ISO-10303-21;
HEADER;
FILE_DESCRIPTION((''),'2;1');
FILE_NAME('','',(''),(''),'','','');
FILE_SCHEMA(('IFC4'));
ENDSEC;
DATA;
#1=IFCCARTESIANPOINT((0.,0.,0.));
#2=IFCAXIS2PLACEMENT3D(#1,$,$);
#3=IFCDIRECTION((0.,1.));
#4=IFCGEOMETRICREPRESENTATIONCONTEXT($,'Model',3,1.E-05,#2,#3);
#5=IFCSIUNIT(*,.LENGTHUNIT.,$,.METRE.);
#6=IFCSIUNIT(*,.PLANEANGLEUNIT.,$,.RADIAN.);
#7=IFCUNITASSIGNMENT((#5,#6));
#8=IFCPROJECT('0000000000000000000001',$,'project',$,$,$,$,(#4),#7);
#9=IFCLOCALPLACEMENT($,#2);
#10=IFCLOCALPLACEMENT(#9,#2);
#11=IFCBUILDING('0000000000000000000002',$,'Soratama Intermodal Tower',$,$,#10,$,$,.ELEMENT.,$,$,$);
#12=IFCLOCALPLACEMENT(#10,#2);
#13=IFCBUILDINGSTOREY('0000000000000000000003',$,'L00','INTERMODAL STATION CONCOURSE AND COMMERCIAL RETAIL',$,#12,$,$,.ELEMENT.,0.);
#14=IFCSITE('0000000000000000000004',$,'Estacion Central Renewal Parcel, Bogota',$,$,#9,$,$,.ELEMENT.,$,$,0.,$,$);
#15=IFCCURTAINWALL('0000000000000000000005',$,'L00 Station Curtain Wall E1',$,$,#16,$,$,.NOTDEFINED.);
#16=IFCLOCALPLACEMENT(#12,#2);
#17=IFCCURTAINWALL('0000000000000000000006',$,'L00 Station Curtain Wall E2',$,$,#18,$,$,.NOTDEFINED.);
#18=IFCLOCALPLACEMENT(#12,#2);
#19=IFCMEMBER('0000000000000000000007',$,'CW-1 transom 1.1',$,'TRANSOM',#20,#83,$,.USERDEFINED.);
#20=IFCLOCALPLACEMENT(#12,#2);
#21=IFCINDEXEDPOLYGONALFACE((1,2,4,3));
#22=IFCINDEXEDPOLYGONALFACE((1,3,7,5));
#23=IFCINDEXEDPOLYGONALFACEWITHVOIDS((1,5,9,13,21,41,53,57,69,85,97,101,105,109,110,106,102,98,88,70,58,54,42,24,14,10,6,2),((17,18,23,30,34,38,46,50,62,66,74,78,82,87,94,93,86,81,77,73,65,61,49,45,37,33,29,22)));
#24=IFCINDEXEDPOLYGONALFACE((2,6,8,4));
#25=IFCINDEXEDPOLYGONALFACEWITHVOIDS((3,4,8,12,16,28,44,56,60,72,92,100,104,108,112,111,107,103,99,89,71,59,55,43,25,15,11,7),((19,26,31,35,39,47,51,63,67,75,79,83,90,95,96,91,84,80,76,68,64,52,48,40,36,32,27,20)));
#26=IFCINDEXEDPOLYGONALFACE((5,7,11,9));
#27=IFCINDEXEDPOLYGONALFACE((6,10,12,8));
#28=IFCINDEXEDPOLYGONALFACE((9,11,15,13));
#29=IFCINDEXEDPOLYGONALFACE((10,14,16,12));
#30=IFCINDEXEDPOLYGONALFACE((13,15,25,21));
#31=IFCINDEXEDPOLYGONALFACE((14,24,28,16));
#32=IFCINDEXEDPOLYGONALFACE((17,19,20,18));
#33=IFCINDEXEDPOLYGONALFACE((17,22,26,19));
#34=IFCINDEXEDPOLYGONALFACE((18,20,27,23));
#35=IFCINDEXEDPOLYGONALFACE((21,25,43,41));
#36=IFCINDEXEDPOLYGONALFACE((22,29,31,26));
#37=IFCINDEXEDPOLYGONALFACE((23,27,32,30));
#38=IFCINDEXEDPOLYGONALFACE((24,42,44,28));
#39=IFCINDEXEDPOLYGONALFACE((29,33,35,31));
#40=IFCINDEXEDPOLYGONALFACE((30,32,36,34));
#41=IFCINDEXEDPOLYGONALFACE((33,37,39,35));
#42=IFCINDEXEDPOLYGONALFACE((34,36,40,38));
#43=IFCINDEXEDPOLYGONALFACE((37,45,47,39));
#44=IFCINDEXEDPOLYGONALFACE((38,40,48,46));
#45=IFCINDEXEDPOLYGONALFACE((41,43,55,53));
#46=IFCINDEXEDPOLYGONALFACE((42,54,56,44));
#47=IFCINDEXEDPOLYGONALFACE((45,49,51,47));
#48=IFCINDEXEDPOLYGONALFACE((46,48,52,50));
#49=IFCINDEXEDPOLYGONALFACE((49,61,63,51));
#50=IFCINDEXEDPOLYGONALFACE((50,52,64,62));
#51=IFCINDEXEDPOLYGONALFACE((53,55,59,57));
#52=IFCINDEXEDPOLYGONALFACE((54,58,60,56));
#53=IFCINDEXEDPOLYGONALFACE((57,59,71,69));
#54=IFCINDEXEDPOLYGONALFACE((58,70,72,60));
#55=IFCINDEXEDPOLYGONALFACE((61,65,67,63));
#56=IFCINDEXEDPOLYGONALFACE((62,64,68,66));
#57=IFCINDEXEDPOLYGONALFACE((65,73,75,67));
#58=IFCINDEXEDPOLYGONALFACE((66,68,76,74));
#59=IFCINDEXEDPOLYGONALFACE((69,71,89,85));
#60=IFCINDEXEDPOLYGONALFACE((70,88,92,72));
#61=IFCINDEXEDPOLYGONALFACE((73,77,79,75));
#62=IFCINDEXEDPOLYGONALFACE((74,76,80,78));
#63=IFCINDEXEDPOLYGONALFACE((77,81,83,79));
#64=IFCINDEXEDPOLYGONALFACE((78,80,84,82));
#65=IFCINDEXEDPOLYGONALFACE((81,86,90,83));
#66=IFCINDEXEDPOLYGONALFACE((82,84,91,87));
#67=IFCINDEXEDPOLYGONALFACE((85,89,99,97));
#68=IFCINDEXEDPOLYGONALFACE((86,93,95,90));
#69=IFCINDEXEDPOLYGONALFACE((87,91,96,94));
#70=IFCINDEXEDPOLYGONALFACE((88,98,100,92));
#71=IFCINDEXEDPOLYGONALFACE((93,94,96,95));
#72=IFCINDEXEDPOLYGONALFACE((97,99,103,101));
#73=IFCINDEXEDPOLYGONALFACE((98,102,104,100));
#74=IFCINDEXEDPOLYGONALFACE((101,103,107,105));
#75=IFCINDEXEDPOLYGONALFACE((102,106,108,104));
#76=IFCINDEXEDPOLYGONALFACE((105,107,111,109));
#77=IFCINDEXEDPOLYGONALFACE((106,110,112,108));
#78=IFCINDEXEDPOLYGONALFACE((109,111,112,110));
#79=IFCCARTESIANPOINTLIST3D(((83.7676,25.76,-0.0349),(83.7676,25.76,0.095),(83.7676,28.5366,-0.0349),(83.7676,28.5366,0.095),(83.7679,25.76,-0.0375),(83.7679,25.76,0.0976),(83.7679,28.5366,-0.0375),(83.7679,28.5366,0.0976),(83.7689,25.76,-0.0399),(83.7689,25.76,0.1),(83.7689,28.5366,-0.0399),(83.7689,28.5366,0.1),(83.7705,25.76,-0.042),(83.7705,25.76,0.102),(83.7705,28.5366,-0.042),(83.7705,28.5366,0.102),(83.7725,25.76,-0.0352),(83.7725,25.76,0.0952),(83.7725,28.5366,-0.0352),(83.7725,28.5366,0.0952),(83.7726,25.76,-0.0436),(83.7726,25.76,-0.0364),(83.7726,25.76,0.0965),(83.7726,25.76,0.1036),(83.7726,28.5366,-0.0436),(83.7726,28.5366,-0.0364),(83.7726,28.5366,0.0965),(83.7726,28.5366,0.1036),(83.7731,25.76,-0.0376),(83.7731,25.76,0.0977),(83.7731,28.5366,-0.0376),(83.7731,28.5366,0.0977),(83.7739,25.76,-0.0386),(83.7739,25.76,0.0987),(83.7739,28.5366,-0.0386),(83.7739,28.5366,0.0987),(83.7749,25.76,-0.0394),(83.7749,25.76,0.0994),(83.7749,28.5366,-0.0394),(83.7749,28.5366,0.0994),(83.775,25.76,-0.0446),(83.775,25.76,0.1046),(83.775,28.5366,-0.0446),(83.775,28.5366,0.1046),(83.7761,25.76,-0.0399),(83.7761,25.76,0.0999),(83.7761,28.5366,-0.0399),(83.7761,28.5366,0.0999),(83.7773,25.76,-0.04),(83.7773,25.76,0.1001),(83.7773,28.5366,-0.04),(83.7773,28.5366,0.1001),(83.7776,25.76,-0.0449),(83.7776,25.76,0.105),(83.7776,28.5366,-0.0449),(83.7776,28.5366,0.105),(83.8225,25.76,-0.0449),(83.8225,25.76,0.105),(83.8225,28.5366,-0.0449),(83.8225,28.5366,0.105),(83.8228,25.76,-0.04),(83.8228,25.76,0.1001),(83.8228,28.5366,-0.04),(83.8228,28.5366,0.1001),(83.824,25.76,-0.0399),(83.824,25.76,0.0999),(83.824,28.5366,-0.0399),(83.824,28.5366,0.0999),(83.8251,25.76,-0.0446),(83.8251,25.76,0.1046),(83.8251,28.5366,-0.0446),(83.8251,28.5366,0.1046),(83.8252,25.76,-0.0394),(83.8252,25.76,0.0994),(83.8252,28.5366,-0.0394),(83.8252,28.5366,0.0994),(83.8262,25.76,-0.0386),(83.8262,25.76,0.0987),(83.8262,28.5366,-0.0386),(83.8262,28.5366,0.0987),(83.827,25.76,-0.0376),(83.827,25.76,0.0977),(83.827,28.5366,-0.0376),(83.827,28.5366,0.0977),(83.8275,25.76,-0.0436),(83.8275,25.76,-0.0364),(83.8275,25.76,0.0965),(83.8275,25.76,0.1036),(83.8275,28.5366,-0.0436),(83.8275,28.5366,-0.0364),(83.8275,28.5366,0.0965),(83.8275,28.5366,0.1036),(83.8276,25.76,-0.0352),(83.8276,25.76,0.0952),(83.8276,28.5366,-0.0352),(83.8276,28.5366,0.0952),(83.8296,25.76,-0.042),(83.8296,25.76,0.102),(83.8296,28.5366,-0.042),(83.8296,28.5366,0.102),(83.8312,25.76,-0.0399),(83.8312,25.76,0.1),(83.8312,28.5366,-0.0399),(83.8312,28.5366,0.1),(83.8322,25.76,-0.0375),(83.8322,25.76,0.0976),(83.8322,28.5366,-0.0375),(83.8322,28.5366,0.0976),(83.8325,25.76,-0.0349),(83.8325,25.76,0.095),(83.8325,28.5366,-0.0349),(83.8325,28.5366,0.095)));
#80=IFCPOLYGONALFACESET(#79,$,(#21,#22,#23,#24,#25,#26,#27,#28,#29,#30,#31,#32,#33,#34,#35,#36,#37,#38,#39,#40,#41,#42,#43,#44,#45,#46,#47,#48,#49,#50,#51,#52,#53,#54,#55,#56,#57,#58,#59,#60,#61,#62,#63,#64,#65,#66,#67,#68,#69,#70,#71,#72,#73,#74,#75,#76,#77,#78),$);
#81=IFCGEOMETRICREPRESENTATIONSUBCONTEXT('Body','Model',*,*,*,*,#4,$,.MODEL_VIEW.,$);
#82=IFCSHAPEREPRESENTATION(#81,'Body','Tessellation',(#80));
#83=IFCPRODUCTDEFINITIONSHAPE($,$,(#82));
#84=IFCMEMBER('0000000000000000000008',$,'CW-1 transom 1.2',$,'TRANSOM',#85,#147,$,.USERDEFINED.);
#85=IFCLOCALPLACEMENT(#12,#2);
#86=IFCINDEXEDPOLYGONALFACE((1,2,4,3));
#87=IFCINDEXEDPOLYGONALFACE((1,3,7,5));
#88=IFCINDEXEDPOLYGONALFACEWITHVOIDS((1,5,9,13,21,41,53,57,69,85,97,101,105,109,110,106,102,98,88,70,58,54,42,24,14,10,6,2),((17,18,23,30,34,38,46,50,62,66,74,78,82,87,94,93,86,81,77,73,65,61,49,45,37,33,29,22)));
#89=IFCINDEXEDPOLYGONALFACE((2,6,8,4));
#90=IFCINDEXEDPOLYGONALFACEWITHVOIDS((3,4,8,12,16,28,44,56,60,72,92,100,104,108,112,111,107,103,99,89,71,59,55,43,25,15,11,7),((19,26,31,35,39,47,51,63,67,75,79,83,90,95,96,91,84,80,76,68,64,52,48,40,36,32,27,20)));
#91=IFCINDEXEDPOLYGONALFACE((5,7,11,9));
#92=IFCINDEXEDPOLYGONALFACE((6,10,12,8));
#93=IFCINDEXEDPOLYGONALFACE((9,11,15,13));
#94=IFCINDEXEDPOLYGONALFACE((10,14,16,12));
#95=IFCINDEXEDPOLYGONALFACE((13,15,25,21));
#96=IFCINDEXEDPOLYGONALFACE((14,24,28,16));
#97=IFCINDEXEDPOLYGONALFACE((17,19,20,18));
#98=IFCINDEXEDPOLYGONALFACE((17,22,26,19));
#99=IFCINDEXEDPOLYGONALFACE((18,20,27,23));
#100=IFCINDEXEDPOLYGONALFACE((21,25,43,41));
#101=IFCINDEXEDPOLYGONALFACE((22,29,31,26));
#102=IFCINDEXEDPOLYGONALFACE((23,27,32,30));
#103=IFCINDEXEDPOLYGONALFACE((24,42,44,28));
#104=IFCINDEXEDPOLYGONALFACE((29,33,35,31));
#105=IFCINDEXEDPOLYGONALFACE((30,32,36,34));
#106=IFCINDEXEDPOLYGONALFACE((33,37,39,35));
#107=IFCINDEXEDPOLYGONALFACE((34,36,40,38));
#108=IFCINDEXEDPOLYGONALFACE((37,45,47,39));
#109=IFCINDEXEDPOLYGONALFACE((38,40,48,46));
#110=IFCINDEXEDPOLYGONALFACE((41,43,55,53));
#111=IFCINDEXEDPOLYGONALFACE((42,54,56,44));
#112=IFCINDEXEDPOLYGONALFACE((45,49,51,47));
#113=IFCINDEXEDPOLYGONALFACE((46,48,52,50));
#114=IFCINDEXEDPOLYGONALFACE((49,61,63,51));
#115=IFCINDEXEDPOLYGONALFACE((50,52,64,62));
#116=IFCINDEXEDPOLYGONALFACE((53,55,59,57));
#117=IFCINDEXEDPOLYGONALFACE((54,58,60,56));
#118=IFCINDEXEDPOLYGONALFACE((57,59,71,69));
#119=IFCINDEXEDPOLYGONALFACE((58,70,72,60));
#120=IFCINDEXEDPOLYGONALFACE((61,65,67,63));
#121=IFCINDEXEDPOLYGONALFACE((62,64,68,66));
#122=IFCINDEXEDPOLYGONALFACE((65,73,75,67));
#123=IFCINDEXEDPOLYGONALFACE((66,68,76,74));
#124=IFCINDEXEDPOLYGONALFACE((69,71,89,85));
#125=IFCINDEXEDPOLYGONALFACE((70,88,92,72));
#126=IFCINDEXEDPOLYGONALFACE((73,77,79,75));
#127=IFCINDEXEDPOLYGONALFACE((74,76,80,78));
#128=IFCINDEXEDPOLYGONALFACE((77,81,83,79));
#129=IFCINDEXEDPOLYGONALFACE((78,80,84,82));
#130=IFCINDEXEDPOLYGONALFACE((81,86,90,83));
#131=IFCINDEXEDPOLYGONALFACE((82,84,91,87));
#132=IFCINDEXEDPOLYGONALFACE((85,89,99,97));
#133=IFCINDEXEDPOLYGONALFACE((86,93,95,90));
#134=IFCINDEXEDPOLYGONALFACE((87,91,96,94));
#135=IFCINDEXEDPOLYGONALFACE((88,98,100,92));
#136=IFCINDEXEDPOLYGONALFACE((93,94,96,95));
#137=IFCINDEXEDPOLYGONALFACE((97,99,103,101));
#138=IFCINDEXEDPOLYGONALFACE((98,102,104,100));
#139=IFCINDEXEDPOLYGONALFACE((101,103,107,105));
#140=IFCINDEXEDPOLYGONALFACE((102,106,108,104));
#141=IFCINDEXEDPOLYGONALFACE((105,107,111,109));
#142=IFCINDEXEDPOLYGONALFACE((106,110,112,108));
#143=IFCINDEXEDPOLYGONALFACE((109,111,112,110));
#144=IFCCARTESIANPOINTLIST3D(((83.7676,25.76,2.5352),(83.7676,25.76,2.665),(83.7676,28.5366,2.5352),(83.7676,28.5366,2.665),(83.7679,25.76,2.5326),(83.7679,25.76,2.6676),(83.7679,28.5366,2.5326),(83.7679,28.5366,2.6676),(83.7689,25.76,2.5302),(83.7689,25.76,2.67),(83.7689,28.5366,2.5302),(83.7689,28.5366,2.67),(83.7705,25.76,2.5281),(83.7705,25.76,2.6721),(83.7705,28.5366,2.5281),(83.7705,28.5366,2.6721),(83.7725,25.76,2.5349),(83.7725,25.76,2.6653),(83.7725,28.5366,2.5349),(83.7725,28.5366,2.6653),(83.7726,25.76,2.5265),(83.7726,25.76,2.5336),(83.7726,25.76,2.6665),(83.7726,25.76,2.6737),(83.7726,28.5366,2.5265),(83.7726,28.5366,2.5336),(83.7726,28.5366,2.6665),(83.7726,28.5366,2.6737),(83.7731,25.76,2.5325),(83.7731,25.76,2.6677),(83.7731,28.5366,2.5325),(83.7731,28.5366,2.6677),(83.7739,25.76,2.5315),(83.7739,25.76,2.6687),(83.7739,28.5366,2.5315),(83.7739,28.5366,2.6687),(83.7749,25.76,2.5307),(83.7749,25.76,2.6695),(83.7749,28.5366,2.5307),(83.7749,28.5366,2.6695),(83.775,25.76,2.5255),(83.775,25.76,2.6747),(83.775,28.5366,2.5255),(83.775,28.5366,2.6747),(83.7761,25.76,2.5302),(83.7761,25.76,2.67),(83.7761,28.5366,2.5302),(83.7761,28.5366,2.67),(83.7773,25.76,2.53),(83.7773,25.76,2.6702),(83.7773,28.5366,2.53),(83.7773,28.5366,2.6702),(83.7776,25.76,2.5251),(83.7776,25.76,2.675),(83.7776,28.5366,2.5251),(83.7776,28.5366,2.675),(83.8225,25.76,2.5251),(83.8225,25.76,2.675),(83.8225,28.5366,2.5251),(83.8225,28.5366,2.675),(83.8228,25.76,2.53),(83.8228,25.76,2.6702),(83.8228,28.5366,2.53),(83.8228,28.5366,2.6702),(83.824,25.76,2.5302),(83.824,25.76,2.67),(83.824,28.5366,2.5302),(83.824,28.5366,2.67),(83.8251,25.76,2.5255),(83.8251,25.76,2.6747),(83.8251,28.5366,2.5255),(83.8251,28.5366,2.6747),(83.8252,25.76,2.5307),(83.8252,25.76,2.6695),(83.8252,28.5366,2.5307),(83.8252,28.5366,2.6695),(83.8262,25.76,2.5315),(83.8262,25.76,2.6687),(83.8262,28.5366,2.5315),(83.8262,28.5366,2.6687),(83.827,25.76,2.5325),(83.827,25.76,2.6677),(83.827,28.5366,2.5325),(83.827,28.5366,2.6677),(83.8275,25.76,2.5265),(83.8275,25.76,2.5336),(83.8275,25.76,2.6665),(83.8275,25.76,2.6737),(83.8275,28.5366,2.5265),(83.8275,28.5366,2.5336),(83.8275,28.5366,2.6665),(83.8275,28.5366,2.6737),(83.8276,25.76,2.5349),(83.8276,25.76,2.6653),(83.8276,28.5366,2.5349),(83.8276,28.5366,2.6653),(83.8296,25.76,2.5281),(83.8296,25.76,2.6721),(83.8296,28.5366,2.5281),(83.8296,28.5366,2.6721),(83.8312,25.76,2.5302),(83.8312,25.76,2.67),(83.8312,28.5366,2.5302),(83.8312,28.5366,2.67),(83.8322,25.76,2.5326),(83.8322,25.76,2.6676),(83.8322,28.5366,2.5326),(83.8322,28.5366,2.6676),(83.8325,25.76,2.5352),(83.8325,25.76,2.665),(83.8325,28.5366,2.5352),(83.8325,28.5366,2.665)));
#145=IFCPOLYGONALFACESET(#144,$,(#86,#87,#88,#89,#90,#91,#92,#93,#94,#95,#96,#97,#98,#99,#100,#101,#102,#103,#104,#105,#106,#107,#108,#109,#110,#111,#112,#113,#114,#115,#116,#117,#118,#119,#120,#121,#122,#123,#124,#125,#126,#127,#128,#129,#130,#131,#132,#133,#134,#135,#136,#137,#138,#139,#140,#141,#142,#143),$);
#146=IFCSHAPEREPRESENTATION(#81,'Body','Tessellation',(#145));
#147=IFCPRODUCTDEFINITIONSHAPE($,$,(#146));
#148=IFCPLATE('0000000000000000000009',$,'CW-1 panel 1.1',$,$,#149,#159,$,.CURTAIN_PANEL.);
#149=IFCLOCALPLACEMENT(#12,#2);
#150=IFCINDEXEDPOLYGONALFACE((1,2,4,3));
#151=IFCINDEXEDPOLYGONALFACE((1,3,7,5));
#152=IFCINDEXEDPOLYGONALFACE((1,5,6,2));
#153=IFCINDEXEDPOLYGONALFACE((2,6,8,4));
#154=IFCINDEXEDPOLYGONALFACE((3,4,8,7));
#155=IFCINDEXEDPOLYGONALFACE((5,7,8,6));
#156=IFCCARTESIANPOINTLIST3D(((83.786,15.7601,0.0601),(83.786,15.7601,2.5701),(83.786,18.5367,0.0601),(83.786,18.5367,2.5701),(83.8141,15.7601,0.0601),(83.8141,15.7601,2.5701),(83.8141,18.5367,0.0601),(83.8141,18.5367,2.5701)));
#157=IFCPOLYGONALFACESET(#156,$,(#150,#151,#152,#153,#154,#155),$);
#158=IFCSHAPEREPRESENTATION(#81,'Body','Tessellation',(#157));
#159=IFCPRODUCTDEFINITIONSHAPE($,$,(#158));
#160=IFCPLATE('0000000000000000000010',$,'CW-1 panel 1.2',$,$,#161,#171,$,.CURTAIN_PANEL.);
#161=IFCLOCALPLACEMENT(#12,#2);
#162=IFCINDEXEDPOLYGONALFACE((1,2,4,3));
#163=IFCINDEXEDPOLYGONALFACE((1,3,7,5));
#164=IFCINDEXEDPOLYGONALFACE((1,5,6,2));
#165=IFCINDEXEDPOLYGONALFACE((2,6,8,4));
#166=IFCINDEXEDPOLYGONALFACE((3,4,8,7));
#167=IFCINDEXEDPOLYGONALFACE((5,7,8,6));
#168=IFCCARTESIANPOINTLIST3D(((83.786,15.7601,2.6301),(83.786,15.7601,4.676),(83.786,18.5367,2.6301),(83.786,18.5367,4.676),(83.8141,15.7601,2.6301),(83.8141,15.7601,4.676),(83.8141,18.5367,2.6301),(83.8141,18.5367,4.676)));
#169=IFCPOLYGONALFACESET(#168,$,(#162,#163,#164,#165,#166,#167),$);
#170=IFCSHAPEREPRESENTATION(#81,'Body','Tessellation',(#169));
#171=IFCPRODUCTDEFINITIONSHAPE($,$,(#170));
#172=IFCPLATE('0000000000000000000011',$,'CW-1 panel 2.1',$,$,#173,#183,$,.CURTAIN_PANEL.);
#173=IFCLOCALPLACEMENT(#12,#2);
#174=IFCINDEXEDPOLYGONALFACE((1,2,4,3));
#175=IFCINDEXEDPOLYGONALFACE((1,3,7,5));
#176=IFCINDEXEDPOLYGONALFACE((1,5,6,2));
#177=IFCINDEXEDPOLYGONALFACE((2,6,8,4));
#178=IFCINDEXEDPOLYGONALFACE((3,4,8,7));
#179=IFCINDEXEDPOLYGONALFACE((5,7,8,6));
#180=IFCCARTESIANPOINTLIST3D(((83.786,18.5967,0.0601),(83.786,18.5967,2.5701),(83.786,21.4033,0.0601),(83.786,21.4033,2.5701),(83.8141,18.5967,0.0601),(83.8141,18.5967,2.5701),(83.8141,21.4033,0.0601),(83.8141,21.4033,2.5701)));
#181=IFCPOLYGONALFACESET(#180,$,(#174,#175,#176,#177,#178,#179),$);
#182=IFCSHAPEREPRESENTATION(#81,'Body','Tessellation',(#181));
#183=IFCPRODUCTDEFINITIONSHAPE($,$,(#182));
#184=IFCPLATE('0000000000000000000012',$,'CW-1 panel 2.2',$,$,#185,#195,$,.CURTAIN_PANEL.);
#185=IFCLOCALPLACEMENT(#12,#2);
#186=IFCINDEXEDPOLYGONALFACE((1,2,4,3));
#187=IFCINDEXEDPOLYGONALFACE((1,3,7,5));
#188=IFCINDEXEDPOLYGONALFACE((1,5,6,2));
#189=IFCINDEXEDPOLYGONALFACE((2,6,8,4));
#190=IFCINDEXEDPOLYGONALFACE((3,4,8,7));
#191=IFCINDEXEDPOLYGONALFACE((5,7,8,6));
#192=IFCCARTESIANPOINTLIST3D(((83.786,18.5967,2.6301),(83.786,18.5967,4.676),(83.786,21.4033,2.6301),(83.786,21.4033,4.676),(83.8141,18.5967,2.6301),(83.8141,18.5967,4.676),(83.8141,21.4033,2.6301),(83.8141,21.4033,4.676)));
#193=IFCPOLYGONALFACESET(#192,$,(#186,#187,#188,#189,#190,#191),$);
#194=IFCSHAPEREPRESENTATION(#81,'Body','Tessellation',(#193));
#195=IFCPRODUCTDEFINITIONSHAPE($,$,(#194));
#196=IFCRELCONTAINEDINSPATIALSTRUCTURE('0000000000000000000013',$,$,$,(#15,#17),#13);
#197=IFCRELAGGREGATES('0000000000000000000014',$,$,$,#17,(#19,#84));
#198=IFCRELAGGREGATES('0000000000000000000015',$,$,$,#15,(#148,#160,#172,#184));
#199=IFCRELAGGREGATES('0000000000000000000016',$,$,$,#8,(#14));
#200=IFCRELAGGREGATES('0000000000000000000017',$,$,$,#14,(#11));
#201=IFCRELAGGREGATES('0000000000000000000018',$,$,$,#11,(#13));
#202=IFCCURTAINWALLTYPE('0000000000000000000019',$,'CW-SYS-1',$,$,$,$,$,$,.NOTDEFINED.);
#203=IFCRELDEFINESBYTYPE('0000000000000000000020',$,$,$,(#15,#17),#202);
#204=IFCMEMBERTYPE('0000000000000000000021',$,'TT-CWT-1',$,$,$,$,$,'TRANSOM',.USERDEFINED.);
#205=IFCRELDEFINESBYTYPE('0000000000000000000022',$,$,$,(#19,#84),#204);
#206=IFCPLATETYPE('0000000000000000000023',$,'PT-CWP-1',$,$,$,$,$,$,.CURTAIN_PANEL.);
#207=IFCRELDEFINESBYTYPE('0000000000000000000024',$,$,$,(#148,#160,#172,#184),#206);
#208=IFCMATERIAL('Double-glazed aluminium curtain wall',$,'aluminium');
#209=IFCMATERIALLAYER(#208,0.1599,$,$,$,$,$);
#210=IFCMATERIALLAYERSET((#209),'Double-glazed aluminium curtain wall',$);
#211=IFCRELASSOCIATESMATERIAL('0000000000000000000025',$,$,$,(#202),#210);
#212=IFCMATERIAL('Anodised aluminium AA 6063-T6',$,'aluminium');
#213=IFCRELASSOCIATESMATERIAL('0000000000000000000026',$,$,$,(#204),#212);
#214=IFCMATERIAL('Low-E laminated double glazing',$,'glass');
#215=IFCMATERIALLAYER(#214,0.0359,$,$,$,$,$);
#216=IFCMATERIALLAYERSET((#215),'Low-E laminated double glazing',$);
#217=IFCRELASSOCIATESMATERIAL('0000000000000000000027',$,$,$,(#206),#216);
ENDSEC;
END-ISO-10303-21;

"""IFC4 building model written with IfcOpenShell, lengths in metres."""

from ifc_helpers import new_model, si_unit, direction, frame, origin, origin_2d, place, context, subcontext, project, spatial, rectangle, hollow_rectangle, extrude, material, layer, layer_set, material_profile, profile_set, type_object, element, aggregate, save


model = new_model("IFC4")

# Units and contexts
model_context = context("Model", 3, precision=1e-05, world=origin(), true_north=direction((0.0, 1.0)))
body_context = subcontext(model_context, "Body", "Model", "MODEL_VIEW")
ifc_project = project(units=[si_unit("LENGTHUNIT", "METRE"), si_unit("PLANEANGLEUNIT", "RADIAN")], contexts=[model_context])

# Site, building, storey
site_placement = place(None, origin())
site = spatial("IfcSite", under=ifc_project, at=site_placement, Name="Estacion Central Renewal Parcel, Bogota", CompositionType="ELEMENT", RefElevation=0.0)
building_placement = place(site_placement, origin())
building = spatial("IfcBuilding", under=site, at=building_placement, Name="Soratama Intermodal Tower", CompositionType="ELEMENT")
storey_placement = place(building_placement, origin())
storey = spatial("IfcBuildingStorey", under=building, at=storey_placement, Name="L00", Description="INTERMODAL STATION CONCOURSE AND COMMERCIAL RETAIL", CompositionType="ELEMENT", Elevation=0.0)

# Curtain wall
ifc_material_1 = material(Name="Double-glazed aluminium curtain wall", Category="aluminium")
ifc_layer_1 = layer(ifc_material_1, 0.1599)
ifc_layer_set_1 = layer_set([ifc_layer_1], Name="Double-glazed aluminium curtain wall")
curtain_wall_type = type_object("IfcCurtainWallType", Name="CW-SYS-1", PredefinedType="NOTDEFINED", material=ifc_layer_set_1)
curtain_wall_1_placement = place(storey_placement, origin())
curtain_wall_1 = element("IfcCurtainWall", 1, at=curtain_wall_1_placement, inside=storey, type_object=curtain_wall_type, Name="L00 Station Curtain Wall E1", PredefinedType="NOTDEFINED")

# Curtain wall
curtain_wall_2_placement = place(storey_placement, origin())
curtain_wall_2 = element("IfcCurtainWall", 2, at=curtain_wall_2_placement, inside=storey, type_object=curtain_wall_type, Name="L00 Station Curtain Wall E2", PredefinedType="NOTDEFINED")

# Members
ifc_material_2 = material(Name="Anodised aluminium AA 6063-T6", Category="aluminium")
ifc_material_profile_1 = material_profile(ifc_material_2, hollow_rectangle(XDim=0.0649, YDim=0.1499, WallThickness=0.0049, InnerFilletRadius=0.0049, OuterFilletRadius=0.01, at=origin_2d()), Name="CWT150X65X5")
ifc_profile_set_1 = profile_set([ifc_material_profile_1], Name="Anodised aluminium AA 6063-T6")
member_type_1 = type_object("IfcMemberType", Name="TT-CWT-1", ElementType="TRANSOM", PredefinedType="USERDEFINED", material=ifc_profile_set_1)
member_1_placement = place(storey_placement, frame((83.8, 25.76, 0.03), z_axis=(0.0, 1.0, 0.0), x_axis=(-1.0, 0.0, 0.0)))
member_1 = element("IfcMember", 3, at=member_1_placement, type_object=member_type_1, Name="CW-1 transom 1.1", ObjectType="TRANSOM", PredefinedType="USERDEFINED", context=body_context, shape_type="SweptSolid", body=[
    extrude(hollow_rectangle(XDim=0.0649, YDim=0.1499, WallThickness=0.0049, InnerFilletRadius=0.0049, OuterFilletRadius=0.01, at=origin_2d()), origin(), (0.0, 0.0, 1.0), 2.7766),
])
member_2_placement = place(storey_placement, frame((83.8, 25.76, 2.6001), z_axis=(0.0, 1.0, 0.0), x_axis=(-1.0, 0.0, 0.0)))
member_2 = element("IfcMember", 4, at=member_2_placement, type_object=member_type_1, Name="CW-1 transom 1.2", ObjectType="TRANSOM", PredefinedType="USERDEFINED", context=body_context, shape_type="SweptSolid", body=[
    extrude(hollow_rectangle(XDim=0.0649, YDim=0.1499, WallThickness=0.0049, InnerFilletRadius=0.0049, OuterFilletRadius=0.01, at=origin_2d()), origin(), (0.0, 0.0, 1.0), 2.7766),
])
aggregate(curtain_wall_2, [member_1, member_2])

# Plates
ifc_material_3 = material(Name="Low-E laminated double glazing", Category="glass")
ifc_layer_2 = layer(ifc_material_3, 0.0359)
ifc_layer_set_2 = layer_set([ifc_layer_2], Name="Low-E laminated double glazing")
plate_type = type_object("IfcPlateType", Name="PT-CWP-1", PredefinedType="CURTAIN_PANEL", material=ifc_layer_set_2)
plate_1_placement = place(storey_placement, frame((83.8, 17.1484, 0.0601), z_axis=(0.0, 0.0, 1.0), x_axis=(0.0, 1.0, 0.0)))
plate_1 = element("IfcPlate", 5, at=plate_1_placement, type_object=plate_type, Name="CW-1 panel 1.1", PredefinedType="CURTAIN_PANEL", context=body_context, shape_type="SweptSolid", body=[
    extrude(rectangle(XDim=2.7766, YDim=0.0281, at=origin_2d()), origin(), (0.0, 0.0, 1.0), 2.51),
])
plate_2_placement = place(storey_placement, frame((83.8, 17.1484, 2.6301), z_axis=(0.0, 0.0, 1.0), x_axis=(0.0, 1.0, 0.0)))
plate_2 = element("IfcPlate", 6, at=plate_2_placement, type_object=plate_type, Name="CW-1 panel 1.2", PredefinedType="CURTAIN_PANEL", context=body_context, shape_type="SweptSolid", body=[
    extrude(rectangle(XDim=2.7766, YDim=0.0281, at=origin_2d()), origin(), (0.0, 0.0, 1.0), 2.0459),
])
plate_3_placement = place(storey_placement, frame((83.8, 20.0, 0.0601), z_axis=(0.0, 0.0, 1.0), x_axis=(0.0, 1.0, 0.0)))
plate_3 = element("IfcPlate", 7, at=plate_3_placement, type_object=plate_type, Name="CW-1 panel 2.1", PredefinedType="CURTAIN_PANEL", context=body_context, shape_type="SweptSolid", body=[
    extrude(rectangle(XDim=2.8066, YDim=0.0281, at=origin_2d()), origin(), (0.0, 0.0, 1.0), 2.51),
])
plate_4_placement = place(storey_placement, frame((83.8, 20.0, 2.6301), z_axis=(0.0, 0.0, 1.0), x_axis=(0.0, 1.0, 0.0)))
plate_4 = element("IfcPlate", 8, at=plate_4_placement, type_object=plate_type, Name="CW-1 panel 2.2", PredefinedType="CURTAIN_PANEL", context=body_context, shape_type="SweptSolid", body=[
    extrude(rectangle(XDim=2.8066, YDim=0.0281, at=origin_2d()), origin(), (0.0, 0.0, 1.0), 2.0459),
])
aggregate(curtain_wall_1, [plate_1, plate_2, plate_3, plate_4])

save(model, "model.ifc")
